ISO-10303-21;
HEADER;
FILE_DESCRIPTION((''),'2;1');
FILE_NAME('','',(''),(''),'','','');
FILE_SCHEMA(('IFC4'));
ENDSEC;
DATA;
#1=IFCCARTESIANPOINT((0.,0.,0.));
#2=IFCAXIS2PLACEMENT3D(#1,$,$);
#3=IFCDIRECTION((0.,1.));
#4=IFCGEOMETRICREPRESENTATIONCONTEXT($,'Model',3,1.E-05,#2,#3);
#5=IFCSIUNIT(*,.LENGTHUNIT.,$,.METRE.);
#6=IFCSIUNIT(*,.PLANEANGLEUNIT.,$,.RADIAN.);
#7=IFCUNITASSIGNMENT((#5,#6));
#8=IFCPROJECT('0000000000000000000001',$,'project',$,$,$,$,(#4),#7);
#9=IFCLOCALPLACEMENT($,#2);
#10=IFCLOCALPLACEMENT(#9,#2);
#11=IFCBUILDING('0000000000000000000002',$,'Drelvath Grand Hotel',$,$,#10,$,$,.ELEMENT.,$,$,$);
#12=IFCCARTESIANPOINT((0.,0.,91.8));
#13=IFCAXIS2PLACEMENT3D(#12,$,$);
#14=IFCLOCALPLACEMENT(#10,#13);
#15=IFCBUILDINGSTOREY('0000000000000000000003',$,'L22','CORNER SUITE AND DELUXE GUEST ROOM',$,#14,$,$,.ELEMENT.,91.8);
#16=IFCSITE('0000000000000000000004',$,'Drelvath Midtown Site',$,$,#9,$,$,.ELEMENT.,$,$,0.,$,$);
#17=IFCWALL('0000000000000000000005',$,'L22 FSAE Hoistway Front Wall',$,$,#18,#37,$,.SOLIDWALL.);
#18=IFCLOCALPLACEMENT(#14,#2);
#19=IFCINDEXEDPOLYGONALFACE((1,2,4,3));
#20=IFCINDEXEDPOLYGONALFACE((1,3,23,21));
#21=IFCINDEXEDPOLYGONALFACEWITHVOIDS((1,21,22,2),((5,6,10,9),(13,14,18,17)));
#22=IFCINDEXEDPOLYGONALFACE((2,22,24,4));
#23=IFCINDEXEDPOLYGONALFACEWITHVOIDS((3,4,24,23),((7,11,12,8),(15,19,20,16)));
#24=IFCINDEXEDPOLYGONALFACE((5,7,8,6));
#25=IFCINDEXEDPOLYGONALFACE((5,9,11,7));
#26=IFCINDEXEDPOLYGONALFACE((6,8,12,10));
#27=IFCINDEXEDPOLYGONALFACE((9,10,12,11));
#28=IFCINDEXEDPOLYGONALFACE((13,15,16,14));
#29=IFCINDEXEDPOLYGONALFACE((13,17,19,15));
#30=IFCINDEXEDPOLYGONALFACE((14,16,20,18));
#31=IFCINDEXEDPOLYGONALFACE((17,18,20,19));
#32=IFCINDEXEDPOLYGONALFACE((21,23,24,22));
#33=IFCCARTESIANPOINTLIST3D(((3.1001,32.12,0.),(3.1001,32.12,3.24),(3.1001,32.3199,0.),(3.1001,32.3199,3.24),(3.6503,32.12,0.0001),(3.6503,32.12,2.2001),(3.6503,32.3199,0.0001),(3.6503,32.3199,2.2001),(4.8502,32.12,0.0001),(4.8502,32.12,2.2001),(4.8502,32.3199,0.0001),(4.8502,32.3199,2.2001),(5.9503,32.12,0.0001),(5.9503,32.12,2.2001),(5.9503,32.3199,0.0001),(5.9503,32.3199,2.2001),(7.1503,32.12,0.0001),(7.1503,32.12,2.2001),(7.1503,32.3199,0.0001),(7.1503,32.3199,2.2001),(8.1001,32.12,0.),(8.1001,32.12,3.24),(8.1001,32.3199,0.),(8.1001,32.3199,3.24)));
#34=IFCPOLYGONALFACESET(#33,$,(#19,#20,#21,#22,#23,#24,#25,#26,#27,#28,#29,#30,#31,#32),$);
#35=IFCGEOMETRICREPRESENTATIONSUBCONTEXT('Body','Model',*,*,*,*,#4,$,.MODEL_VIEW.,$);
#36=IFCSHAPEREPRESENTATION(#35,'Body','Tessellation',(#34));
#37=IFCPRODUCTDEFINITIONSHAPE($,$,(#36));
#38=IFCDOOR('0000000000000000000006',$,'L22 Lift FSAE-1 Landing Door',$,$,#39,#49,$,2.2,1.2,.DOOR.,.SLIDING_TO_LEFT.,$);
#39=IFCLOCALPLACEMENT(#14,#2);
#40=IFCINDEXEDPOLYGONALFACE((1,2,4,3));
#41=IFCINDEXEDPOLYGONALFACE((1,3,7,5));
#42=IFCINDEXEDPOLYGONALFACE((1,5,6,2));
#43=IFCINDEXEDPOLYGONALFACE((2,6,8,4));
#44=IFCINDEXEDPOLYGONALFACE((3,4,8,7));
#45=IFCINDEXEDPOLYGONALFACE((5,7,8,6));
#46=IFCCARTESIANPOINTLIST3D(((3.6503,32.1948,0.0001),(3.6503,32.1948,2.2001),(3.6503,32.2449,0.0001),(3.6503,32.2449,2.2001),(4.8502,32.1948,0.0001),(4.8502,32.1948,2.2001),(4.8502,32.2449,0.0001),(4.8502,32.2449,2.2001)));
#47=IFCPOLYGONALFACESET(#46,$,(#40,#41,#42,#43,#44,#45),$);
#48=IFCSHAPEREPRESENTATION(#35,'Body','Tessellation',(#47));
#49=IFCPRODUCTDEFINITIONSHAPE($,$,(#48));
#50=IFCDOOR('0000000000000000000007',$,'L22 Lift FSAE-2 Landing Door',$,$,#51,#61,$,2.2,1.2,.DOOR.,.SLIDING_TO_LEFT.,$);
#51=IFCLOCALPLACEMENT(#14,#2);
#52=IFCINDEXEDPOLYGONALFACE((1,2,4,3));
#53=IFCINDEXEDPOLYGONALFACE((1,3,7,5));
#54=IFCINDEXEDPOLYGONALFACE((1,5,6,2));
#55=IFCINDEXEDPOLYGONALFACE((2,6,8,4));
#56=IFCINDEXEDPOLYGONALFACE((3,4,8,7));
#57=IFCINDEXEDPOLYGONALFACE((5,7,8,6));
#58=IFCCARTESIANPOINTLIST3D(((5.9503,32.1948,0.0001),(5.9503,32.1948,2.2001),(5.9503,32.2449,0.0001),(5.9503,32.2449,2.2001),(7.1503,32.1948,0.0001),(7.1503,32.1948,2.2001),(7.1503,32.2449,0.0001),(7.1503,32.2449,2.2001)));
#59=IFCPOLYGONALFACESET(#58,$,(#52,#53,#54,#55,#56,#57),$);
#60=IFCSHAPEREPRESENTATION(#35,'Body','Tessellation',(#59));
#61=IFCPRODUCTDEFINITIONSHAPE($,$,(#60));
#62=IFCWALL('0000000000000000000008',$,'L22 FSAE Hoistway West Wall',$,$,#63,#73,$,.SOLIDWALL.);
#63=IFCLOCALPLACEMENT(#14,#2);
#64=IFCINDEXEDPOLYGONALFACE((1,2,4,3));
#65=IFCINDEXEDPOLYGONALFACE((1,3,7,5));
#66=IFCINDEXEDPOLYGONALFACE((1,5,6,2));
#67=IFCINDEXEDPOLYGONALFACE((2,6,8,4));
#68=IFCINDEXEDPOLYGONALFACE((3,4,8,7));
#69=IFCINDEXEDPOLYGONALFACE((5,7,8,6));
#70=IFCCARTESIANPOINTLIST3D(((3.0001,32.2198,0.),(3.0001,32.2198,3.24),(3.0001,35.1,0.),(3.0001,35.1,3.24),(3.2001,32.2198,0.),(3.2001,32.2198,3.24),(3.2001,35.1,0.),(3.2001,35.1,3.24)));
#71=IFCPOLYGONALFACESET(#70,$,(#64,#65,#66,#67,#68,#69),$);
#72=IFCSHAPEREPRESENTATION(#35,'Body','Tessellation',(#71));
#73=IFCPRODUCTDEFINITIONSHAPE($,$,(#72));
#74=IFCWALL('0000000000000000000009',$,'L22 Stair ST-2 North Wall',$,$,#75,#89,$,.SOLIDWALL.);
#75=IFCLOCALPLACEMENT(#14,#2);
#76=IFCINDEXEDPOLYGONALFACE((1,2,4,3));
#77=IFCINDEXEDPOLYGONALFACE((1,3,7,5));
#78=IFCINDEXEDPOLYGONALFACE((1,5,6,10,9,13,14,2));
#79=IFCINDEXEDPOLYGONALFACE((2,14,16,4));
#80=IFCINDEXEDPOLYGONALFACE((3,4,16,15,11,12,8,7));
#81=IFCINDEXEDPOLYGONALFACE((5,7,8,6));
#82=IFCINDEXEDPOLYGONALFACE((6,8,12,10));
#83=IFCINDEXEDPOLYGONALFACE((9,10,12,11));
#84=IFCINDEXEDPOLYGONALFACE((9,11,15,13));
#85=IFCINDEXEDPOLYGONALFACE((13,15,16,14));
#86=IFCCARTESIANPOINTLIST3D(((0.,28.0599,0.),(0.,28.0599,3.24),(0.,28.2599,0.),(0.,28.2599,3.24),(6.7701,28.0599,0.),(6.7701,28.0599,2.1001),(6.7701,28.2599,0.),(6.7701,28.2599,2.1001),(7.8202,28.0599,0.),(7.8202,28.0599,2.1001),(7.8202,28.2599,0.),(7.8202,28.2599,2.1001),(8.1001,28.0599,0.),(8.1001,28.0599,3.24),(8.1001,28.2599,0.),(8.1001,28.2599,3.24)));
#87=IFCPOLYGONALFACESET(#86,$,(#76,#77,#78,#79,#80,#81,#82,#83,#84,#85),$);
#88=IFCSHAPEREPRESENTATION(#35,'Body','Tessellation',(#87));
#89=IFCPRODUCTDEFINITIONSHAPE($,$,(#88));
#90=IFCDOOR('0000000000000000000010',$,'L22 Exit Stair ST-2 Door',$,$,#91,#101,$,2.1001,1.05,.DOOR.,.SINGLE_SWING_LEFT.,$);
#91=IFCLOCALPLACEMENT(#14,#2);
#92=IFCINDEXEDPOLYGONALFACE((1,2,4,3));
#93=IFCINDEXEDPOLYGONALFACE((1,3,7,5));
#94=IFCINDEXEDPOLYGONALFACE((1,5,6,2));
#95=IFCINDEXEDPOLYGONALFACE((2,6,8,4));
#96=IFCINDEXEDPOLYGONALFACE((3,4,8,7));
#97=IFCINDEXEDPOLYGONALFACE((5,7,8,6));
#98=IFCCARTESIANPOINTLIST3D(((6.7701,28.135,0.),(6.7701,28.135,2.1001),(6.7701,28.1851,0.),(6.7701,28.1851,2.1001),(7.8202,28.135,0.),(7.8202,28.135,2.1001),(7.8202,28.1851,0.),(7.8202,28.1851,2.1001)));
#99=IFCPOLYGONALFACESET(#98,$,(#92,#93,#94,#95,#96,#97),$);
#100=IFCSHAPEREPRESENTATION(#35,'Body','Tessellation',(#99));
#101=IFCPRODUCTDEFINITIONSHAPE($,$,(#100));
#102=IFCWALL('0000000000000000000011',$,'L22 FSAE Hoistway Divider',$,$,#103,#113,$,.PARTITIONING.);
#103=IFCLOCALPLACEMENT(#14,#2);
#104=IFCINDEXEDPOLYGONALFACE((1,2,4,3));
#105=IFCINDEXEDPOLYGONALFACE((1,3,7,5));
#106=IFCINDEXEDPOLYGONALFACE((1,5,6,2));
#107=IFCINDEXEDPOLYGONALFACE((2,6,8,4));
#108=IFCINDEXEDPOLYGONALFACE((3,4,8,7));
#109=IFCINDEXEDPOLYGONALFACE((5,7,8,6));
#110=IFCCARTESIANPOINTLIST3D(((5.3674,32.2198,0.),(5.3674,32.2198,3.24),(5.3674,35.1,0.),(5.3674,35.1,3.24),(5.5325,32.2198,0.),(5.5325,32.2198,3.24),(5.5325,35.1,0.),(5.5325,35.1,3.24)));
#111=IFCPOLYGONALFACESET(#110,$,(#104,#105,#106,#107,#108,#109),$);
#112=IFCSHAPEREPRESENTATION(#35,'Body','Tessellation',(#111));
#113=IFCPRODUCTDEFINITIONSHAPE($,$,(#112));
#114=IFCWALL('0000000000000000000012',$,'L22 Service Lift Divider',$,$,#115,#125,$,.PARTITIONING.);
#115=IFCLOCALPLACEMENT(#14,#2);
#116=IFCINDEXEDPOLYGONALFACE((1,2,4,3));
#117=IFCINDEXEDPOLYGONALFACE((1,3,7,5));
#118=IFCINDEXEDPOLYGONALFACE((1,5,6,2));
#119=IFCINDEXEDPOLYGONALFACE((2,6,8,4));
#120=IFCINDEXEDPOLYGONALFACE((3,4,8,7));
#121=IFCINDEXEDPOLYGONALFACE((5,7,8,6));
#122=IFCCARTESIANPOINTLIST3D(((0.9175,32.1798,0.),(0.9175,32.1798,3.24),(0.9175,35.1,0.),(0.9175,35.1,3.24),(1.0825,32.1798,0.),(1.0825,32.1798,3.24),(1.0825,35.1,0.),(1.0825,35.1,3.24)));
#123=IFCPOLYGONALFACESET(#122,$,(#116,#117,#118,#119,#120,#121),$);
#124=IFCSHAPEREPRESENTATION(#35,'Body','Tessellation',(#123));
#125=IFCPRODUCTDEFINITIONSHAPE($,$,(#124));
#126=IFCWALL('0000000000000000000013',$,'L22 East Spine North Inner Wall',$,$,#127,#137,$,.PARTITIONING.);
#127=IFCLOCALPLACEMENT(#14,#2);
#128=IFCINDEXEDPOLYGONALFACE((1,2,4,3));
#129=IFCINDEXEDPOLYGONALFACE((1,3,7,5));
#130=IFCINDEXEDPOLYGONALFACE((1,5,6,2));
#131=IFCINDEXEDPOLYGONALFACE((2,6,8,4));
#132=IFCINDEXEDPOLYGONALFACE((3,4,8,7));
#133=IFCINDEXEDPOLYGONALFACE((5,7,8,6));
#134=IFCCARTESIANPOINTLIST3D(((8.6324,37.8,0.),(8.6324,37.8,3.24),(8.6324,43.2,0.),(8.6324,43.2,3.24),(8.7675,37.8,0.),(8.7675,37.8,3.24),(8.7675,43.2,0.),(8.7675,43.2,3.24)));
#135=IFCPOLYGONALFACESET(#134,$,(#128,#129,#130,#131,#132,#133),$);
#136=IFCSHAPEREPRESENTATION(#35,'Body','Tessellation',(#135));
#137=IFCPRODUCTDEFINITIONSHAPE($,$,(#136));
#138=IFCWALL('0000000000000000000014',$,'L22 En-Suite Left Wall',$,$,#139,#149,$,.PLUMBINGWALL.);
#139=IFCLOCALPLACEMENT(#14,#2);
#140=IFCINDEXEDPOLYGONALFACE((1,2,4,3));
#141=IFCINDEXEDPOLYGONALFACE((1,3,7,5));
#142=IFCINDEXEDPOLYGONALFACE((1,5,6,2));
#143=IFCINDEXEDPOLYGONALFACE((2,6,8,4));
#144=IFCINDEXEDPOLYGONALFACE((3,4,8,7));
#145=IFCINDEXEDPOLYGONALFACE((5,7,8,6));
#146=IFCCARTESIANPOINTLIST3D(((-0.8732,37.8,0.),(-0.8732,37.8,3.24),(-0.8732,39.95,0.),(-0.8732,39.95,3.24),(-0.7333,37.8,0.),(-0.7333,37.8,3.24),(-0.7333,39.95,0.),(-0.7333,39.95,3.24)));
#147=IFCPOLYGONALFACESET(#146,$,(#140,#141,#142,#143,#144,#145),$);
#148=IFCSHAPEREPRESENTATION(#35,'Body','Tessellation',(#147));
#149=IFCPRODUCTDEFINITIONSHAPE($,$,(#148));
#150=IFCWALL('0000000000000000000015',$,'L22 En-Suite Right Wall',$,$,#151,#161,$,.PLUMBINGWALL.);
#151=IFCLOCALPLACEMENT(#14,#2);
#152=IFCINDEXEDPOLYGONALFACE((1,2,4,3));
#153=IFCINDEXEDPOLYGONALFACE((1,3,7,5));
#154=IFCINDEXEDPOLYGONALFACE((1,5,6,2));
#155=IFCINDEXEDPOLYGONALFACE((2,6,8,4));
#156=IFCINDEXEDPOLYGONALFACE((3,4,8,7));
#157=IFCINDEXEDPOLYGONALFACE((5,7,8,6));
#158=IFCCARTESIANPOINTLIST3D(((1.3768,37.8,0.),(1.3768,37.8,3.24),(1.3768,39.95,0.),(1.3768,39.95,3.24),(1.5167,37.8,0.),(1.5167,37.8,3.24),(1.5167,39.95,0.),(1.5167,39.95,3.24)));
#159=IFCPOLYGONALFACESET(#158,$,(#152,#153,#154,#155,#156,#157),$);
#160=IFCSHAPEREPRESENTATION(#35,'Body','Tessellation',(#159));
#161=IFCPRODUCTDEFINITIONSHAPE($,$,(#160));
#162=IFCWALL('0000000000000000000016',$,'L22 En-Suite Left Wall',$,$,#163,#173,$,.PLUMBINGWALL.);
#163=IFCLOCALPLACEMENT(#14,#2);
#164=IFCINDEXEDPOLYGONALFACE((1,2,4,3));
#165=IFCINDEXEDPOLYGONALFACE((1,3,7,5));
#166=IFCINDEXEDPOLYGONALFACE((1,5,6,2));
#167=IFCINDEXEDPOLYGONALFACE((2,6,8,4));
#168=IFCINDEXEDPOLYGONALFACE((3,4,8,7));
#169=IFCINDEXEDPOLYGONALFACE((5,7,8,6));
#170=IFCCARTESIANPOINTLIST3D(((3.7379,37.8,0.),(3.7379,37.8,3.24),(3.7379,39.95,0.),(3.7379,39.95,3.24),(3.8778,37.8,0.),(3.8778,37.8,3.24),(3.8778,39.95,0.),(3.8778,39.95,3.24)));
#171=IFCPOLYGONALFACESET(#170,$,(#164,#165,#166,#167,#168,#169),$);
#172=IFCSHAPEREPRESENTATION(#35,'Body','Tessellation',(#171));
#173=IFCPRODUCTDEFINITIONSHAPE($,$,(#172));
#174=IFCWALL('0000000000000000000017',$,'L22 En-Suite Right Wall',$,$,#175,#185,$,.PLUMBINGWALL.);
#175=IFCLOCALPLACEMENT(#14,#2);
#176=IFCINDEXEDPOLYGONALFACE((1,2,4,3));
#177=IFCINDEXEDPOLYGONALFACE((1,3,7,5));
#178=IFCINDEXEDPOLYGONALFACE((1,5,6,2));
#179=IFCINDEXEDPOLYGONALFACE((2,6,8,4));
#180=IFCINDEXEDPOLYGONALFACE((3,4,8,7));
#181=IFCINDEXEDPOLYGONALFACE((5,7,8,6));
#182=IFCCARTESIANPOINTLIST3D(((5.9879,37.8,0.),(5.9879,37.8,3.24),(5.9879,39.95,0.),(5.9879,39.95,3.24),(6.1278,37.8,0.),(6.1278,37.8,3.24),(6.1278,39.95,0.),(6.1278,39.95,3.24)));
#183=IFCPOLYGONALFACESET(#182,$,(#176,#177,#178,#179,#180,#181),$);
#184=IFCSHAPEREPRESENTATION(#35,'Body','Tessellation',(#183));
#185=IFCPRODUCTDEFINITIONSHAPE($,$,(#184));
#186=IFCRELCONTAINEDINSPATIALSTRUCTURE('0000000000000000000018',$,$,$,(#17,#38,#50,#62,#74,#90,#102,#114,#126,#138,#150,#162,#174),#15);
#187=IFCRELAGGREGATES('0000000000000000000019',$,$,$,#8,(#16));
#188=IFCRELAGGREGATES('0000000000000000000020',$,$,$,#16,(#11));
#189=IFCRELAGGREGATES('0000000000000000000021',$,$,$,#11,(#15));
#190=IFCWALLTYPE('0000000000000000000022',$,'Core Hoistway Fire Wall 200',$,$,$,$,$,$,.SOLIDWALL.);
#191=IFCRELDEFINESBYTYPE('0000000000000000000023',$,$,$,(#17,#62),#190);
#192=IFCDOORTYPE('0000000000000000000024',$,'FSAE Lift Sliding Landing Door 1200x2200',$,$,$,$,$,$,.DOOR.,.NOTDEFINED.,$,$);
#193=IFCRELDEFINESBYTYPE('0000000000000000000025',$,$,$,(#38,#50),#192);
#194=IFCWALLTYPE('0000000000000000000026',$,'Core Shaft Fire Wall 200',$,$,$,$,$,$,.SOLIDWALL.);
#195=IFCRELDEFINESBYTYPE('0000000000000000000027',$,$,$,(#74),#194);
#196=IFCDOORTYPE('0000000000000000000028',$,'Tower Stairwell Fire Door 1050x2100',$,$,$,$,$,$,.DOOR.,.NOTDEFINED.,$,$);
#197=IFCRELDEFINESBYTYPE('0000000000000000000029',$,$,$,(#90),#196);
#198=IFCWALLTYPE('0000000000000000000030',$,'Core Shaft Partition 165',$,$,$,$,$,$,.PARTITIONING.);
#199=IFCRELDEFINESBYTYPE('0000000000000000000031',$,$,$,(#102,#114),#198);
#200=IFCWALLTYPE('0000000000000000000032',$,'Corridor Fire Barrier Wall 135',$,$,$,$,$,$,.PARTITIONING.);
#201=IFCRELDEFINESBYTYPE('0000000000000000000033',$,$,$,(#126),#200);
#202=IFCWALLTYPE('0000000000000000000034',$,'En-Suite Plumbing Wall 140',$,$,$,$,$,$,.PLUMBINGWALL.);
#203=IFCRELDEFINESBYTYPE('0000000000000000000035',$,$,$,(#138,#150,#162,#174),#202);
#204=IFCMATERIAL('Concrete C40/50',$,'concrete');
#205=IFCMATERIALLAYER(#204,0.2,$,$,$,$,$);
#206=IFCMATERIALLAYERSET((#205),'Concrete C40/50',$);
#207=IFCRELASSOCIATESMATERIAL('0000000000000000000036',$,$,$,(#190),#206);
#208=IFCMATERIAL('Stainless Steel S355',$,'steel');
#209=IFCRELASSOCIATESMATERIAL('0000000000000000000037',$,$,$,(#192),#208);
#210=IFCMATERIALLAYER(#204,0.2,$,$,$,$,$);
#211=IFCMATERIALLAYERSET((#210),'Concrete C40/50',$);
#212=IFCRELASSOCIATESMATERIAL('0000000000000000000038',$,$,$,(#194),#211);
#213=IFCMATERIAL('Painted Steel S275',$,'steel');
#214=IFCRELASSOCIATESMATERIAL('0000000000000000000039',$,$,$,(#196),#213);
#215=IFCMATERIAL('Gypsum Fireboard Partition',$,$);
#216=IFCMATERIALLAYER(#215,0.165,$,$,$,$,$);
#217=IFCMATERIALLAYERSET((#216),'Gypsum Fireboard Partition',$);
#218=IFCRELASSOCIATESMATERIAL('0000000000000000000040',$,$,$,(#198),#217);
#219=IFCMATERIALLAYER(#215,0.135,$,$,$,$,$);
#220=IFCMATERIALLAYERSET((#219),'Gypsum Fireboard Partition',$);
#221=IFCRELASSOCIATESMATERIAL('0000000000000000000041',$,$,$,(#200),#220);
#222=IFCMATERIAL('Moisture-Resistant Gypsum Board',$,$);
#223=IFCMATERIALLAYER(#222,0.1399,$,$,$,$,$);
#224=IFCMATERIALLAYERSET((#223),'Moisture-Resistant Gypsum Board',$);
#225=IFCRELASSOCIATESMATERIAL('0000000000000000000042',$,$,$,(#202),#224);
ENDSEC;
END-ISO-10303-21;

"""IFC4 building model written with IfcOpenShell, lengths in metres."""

from ifc_helpers import new_model, si_unit, direction, frame, frame_2d, origin, place, context, subcontext, project, spatial, rectangle, extrude, material, layer, layer_set, type_object, element, fill, save


model = new_model("IFC4")

# Units and contexts
model_context = context("Model", 3, precision=1e-05, world=origin(), true_north=direction((0.0, 1.0)))
body_context = subcontext(model_context, "Body", "Model", "MODEL_VIEW")
ifc_project = project(units=[si_unit("LENGTHUNIT", "METRE"), si_unit("PLANEANGLEUNIT", "RADIAN")], contexts=[model_context])

# Site, building, storey
site_placement = place(None, origin())
site = spatial("IfcSite", under=ifc_project, at=site_placement, Name="Drelvath Midtown Site", CompositionType="ELEMENT", RefElevation=0.0)
building_placement = place(site_placement, origin())
building = spatial("IfcBuilding", under=site, at=building_placement, Name="Drelvath Grand Hotel", CompositionType="ELEMENT")
storey_placement = place(building_placement, frame((0.0, 0.0, 91.8)))
storey = spatial("IfcBuildingStorey", under=building, at=storey_placement, Name="L22", Description="CORNER SUITE AND DELUXE GUEST ROOM", CompositionType="ELEMENT", Elevation=91.8)

# Wall, openings, doors
ifc_material_1 = material(Name="Concrete C40/50", Category="concrete")
ifc_layer_1 = layer(ifc_material_1, 0.2)
ifc_layer_set_1 = layer_set([ifc_layer_1], Name="Concrete C40/50")
wall_type_1 = type_object("IfcWallType", Name="Core Hoistway Fire Wall 200", PredefinedType="SOLIDWALL", material=ifc_layer_set_1)
wall_1_placement = place(storey_placement, frame((3.1001, 32.22, 0.0), z_axis=(0.0, 0.0, 1.0), x_axis=(1.0, 0.0, 0.0)))
wall_1 = element("IfcWall", 1, at=wall_1_placement, inside=storey, type_object=wall_type_1, Name="L22 FSAE Hoistway Front Wall", PredefinedType="SOLIDWALL", context=body_context, shape_type="SweptSolid", body=[
    extrude(rectangle(XDim=5.0, YDim=0.2, at=frame_2d((2.5, 0.0))), origin(), (0.0, 0.0, 1.0), 3.24),
])
opening_1_placement = place(wall_1_placement, frame((0.55, 0.0, 0.0)))
opening_1 = element("IfcOpeningElement", 2, at=opening_1_placement, cuts=wall_1, PredefinedType="OPENING", context=body_context, shape_type="SweptSolid", body=[
    extrude(rectangle(XDim=1.2, YDim=2.2, at=frame_2d((0.6001, 1.1001))), frame((0.0, 0.1099, 0.0), z_axis=(0.0, -1.0, 0.0), x_axis=(1.0, 0.0, 0.0)), (0.0, 0.0, 1.0), 0.22),
])
opening_2_placement = place(wall_1_placement, frame((2.8501, 0.0, 0.0)))
opening_2 = element("IfcOpeningElement", 3, at=opening_2_placement, cuts=wall_1, PredefinedType="OPENING", context=body_context, shape_type="SweptSolid", body=[
    extrude(rectangle(XDim=1.2, YDim=2.2, at=frame_2d((0.6001, 1.1001))), frame((0.0, 0.1099, 0.0), z_axis=(0.0, -1.0, 0.0), x_axis=(1.0, 0.0, 0.0)), (0.0, 0.0, 1.0), 0.22),
])
ifc_material_2 = material(Name="Stainless Steel S355", Category="steel")
door_type_1 = type_object("IfcDoorType", Name="FSAE Lift Sliding Landing Door 1200x2200", OperationType="NOTDEFINED", PredefinedType="DOOR", material=ifc_material_2)
door_1_placement = place(opening_1_placement, origin())
door_1 = element("IfcDoor", 4, at=door_1_placement, inside=storey, type_object=door_type_1, Name="L22 Lift FSAE-1 Landing Door", OperationType="SLIDING_TO_LEFT", OverallHeight=2.2, OverallWidth=1.2, PredefinedType="DOOR", context=body_context, shape_type="SweptSolid", body=[
    extrude(rectangle(XDim=1.2, YDim=2.2, at=frame_2d((0.6001, 1.1001))), frame((0.0, 0.0249, 0.0), z_axis=(0.0, -1.0, 0.0), x_axis=(1.0, 0.0, 0.0)), (0.0, 0.0, 1.0), 0.05),
])
fill(opening_1, door_1)
door_2_placement = place(opening_2_placement, origin())
door_2 = element("IfcDoor", 5, at=door_2_placement, inside=storey, type_object=door_type_1, Name="L22 Lift FSAE-2 Landing Door", OperationType="SLIDING_TO_LEFT", OverallHeight=2.2, OverallWidth=1.2, PredefinedType="DOOR", context=body_context, shape_type="SweptSolid", body=[
    extrude(rectangle(XDim=1.2, YDim=2.2, at=frame_2d((0.6001, 1.1001))), frame((0.0, 0.0249, 0.0), z_axis=(0.0, -1.0, 0.0), x_axis=(1.0, 0.0, 0.0)), (0.0, 0.0, 1.0), 0.05),
])
fill(opening_2, door_2)

# Wall
wall_2_placement = place(storey_placement, frame((3.1001, 32.22, 0.0), z_axis=(0.0, 0.0, 1.0), x_axis=(0.0, 1.0, 0.0)))
element("IfcWall", 6, at=wall_2_placement, inside=storey, type_object=wall_type_1, Name="L22 FSAE Hoistway West Wall", PredefinedType="SOLIDWALL", context=body_context, shape_type="SweptSolid", body=[
    extrude(rectangle(XDim=2.8801, YDim=0.2, at=frame_2d((1.4399, 0.0))), origin(), (0.0, 0.0, 1.0), 3.24),
])

# Wall, opening, door
ifc_layer_2 = layer(ifc_material_1, 0.2)
ifc_layer_set_2 = layer_set([ifc_layer_2], Name="Concrete C40/50")
wall_type_2 = type_object("IfcWallType", Name="Core Shaft Fire Wall 200", PredefinedType="SOLIDWALL", material=ifc_layer_set_2)
wall_3_placement = place(storey_placement, frame((8.1001, 28.1599, 0.0), z_axis=(0.0, 0.0, 1.0), x_axis=(-1.0, 0.0, 0.0)))
wall_3 = element("IfcWall", 7, at=wall_3_placement, inside=storey, type_object=wall_type_2, Name="L22 Stair ST-2 North Wall", PredefinedType="SOLIDWALL", context=body_context, shape_type="SweptSolid", body=[
    extrude(rectangle(XDim=8.1001, YDim=0.2, at=frame_2d((4.05, 0.0))), origin(), (0.0, 0.0, 1.0), 3.24),
])
opening_3_placement = place(wall_3_placement, frame((0.28, 0.0, 0.0)))
opening_3 = element("IfcOpeningElement", 8, at=opening_3_placement, cuts=wall_3, PredefinedType="OPENING", context=body_context, shape_type="SweptSolid", body=[
    extrude(rectangle(XDim=1.05, YDim=2.1001, at=frame_2d((0.5249, 1.05))), frame((0.0, 0.1099, 0.0), z_axis=(0.0, -1.0, 0.0), x_axis=(1.0, 0.0, 0.0)), (0.0, 0.0, 1.0), 0.22),
])
ifc_material_3 = material(Name="Painted Steel S275", Category="steel")
door_type_2 = type_object("IfcDoorType", Name="Tower Stairwell Fire Door 1050x2100", OperationType="NOTDEFINED", PredefinedType="DOOR", material=ifc_material_3)
door_3_placement = place(opening_3_placement, origin())
door_3 = element("IfcDoor", 9, at=door_3_placement, inside=storey, type_object=door_type_2, Name="L22 Exit Stair ST-2 Door", OperationType="SINGLE_SWING_LEFT", OverallHeight=2.1001, OverallWidth=1.05, PredefinedType="DOOR", context=body_context, shape_type="SweptSolid", body=[
    extrude(rectangle(XDim=1.05, YDim=2.1001, at=frame_2d((0.5249, 1.05))), frame((0.0, 0.0249, 0.0), z_axis=(0.0, -1.0, 0.0), x_axis=(1.0, 0.0, 0.0)), (0.0, 0.0, 1.0), 0.05),
])
fill(opening_3, door_3)

# Walls
ifc_material_4 = material(Name="Gypsum Fireboard Partition")
ifc_layer_3 = layer(ifc_material_4, 0.165)
ifc_layer_set_3 = layer_set([ifc_layer_3], Name="Gypsum Fireboard Partition")
wall_type_3 = type_object("IfcWallType", Name="Core Shaft Partition 165", PredefinedType="PARTITIONING", material=ifc_layer_set_3)
wall_4_placement = place(storey_placement, frame((5.45, 32.22, 0.0), z_axis=(0.0, 0.0, 1.0), x_axis=(0.0, 1.0, 0.0)))
element("IfcWall", 10, at=wall_4_placement, inside=storey, type_object=wall_type_3, Name="L22 FSAE Hoistway Divider", PredefinedType="PARTITIONING", context=body_context, shape_type="SweptSolid", body=[
    extrude(rectangle(XDim=2.8801, YDim=0.165, at=frame_2d((1.4399, 0.0))), origin(), (0.0, 0.0, 1.0), 3.24),
])
wall_5_placement = place(storey_placement, frame((1.0, 32.1799, 0.0), z_axis=(0.0, 0.0, 1.0), x_axis=(0.0, 1.0, 0.0)))
element("IfcWall", 11, at=wall_5_placement, inside=storey, type_object=wall_type_3, Name="L22 Service Lift Divider", PredefinedType="PARTITIONING", context=body_context, shape_type="SweptSolid", body=[
    extrude(rectangle(XDim=2.9202, YDim=0.165, at=frame_2d((1.46, 0.0))), origin(), (0.0, 0.0, 1.0), 3.24),
])
ifc_layer_4 = layer(ifc_material_4, 0.135)
ifc_layer_set_4 = layer_set([ifc_layer_4], Name="Gypsum Fireboard Partition")
wall_type_4 = type_object("IfcWallType", Name="Corridor Fire Barrier Wall 135", PredefinedType="PARTITIONING", material=ifc_layer_set_4)
wall_6_placement = place(storey_placement, frame((8.7, 37.8, 0.0), z_axis=(0.0, 0.0, 1.0), x_axis=(0.0, 1.0, 0.0)))
element("IfcWall", 12, at=wall_6_placement, inside=storey, type_object=wall_type_4, Name="L22 East Spine North Inner Wall", PredefinedType="PARTITIONING", context=body_context, shape_type="SweptSolid", body=[
    extrude(rectangle(XDim=5.3999, YDim=0.135, at=frame_2d((2.7, 0.0))), origin(), (0.0, 0.0, 1.0), 3.24),
])
ifc_material_5 = material(Name="Moisture-Resistant Gypsum Board")
ifc_layer_5 = layer(ifc_material_5, 0.1399)
ifc_layer_set_5 = layer_set([ifc_layer_5], Name="Moisture-Resistant Gypsum Board")
wall_type_5 = type_object("IfcWallType", Name="En-Suite Plumbing Wall 140", PredefinedType="PLUMBINGWALL", material=ifc_layer_set_5)
for number, where, z_axis, x_axis, name in (
    (13, (-0.8032, 37.8, 0.0), (0.0, 0.0, 1.0), (0.0, 1.0, 0.0), "L22 En-Suite Left Wall"),
    (14, (1.4468, 37.8, 0.0), (0.0, 0.0, 1.0), (0.0, 1.0, 0.0), "L22 En-Suite Right Wall"),
    (15, (3.8079, 37.8, 0.0), (0.0, 0.0, 1.0), (0.0, 1.0, 0.0), "L22 En-Suite Left Wall"),
    (16, (6.0579, 37.8, 0.0), (0.0, 0.0, 1.0), (0.0, 1.0, 0.0), "L22 En-Suite Right Wall"),
):
    element("IfcWall", number, at=place(storey_placement, frame(where, z_axis=z_axis, x_axis=x_axis)), inside=storey, type_object=wall_type_5, Name=name, PredefinedType="PLUMBINGWALL", context=body_context, shape_type="SweptSolid", body=[
        extrude(rectangle(XDim=2.1499, YDim=0.1399, at=frame_2d((1.075, 0.0))), origin(), (0.0, 0.0, 1.0), 3.24),
    ])

save(model, "model.ifc")
